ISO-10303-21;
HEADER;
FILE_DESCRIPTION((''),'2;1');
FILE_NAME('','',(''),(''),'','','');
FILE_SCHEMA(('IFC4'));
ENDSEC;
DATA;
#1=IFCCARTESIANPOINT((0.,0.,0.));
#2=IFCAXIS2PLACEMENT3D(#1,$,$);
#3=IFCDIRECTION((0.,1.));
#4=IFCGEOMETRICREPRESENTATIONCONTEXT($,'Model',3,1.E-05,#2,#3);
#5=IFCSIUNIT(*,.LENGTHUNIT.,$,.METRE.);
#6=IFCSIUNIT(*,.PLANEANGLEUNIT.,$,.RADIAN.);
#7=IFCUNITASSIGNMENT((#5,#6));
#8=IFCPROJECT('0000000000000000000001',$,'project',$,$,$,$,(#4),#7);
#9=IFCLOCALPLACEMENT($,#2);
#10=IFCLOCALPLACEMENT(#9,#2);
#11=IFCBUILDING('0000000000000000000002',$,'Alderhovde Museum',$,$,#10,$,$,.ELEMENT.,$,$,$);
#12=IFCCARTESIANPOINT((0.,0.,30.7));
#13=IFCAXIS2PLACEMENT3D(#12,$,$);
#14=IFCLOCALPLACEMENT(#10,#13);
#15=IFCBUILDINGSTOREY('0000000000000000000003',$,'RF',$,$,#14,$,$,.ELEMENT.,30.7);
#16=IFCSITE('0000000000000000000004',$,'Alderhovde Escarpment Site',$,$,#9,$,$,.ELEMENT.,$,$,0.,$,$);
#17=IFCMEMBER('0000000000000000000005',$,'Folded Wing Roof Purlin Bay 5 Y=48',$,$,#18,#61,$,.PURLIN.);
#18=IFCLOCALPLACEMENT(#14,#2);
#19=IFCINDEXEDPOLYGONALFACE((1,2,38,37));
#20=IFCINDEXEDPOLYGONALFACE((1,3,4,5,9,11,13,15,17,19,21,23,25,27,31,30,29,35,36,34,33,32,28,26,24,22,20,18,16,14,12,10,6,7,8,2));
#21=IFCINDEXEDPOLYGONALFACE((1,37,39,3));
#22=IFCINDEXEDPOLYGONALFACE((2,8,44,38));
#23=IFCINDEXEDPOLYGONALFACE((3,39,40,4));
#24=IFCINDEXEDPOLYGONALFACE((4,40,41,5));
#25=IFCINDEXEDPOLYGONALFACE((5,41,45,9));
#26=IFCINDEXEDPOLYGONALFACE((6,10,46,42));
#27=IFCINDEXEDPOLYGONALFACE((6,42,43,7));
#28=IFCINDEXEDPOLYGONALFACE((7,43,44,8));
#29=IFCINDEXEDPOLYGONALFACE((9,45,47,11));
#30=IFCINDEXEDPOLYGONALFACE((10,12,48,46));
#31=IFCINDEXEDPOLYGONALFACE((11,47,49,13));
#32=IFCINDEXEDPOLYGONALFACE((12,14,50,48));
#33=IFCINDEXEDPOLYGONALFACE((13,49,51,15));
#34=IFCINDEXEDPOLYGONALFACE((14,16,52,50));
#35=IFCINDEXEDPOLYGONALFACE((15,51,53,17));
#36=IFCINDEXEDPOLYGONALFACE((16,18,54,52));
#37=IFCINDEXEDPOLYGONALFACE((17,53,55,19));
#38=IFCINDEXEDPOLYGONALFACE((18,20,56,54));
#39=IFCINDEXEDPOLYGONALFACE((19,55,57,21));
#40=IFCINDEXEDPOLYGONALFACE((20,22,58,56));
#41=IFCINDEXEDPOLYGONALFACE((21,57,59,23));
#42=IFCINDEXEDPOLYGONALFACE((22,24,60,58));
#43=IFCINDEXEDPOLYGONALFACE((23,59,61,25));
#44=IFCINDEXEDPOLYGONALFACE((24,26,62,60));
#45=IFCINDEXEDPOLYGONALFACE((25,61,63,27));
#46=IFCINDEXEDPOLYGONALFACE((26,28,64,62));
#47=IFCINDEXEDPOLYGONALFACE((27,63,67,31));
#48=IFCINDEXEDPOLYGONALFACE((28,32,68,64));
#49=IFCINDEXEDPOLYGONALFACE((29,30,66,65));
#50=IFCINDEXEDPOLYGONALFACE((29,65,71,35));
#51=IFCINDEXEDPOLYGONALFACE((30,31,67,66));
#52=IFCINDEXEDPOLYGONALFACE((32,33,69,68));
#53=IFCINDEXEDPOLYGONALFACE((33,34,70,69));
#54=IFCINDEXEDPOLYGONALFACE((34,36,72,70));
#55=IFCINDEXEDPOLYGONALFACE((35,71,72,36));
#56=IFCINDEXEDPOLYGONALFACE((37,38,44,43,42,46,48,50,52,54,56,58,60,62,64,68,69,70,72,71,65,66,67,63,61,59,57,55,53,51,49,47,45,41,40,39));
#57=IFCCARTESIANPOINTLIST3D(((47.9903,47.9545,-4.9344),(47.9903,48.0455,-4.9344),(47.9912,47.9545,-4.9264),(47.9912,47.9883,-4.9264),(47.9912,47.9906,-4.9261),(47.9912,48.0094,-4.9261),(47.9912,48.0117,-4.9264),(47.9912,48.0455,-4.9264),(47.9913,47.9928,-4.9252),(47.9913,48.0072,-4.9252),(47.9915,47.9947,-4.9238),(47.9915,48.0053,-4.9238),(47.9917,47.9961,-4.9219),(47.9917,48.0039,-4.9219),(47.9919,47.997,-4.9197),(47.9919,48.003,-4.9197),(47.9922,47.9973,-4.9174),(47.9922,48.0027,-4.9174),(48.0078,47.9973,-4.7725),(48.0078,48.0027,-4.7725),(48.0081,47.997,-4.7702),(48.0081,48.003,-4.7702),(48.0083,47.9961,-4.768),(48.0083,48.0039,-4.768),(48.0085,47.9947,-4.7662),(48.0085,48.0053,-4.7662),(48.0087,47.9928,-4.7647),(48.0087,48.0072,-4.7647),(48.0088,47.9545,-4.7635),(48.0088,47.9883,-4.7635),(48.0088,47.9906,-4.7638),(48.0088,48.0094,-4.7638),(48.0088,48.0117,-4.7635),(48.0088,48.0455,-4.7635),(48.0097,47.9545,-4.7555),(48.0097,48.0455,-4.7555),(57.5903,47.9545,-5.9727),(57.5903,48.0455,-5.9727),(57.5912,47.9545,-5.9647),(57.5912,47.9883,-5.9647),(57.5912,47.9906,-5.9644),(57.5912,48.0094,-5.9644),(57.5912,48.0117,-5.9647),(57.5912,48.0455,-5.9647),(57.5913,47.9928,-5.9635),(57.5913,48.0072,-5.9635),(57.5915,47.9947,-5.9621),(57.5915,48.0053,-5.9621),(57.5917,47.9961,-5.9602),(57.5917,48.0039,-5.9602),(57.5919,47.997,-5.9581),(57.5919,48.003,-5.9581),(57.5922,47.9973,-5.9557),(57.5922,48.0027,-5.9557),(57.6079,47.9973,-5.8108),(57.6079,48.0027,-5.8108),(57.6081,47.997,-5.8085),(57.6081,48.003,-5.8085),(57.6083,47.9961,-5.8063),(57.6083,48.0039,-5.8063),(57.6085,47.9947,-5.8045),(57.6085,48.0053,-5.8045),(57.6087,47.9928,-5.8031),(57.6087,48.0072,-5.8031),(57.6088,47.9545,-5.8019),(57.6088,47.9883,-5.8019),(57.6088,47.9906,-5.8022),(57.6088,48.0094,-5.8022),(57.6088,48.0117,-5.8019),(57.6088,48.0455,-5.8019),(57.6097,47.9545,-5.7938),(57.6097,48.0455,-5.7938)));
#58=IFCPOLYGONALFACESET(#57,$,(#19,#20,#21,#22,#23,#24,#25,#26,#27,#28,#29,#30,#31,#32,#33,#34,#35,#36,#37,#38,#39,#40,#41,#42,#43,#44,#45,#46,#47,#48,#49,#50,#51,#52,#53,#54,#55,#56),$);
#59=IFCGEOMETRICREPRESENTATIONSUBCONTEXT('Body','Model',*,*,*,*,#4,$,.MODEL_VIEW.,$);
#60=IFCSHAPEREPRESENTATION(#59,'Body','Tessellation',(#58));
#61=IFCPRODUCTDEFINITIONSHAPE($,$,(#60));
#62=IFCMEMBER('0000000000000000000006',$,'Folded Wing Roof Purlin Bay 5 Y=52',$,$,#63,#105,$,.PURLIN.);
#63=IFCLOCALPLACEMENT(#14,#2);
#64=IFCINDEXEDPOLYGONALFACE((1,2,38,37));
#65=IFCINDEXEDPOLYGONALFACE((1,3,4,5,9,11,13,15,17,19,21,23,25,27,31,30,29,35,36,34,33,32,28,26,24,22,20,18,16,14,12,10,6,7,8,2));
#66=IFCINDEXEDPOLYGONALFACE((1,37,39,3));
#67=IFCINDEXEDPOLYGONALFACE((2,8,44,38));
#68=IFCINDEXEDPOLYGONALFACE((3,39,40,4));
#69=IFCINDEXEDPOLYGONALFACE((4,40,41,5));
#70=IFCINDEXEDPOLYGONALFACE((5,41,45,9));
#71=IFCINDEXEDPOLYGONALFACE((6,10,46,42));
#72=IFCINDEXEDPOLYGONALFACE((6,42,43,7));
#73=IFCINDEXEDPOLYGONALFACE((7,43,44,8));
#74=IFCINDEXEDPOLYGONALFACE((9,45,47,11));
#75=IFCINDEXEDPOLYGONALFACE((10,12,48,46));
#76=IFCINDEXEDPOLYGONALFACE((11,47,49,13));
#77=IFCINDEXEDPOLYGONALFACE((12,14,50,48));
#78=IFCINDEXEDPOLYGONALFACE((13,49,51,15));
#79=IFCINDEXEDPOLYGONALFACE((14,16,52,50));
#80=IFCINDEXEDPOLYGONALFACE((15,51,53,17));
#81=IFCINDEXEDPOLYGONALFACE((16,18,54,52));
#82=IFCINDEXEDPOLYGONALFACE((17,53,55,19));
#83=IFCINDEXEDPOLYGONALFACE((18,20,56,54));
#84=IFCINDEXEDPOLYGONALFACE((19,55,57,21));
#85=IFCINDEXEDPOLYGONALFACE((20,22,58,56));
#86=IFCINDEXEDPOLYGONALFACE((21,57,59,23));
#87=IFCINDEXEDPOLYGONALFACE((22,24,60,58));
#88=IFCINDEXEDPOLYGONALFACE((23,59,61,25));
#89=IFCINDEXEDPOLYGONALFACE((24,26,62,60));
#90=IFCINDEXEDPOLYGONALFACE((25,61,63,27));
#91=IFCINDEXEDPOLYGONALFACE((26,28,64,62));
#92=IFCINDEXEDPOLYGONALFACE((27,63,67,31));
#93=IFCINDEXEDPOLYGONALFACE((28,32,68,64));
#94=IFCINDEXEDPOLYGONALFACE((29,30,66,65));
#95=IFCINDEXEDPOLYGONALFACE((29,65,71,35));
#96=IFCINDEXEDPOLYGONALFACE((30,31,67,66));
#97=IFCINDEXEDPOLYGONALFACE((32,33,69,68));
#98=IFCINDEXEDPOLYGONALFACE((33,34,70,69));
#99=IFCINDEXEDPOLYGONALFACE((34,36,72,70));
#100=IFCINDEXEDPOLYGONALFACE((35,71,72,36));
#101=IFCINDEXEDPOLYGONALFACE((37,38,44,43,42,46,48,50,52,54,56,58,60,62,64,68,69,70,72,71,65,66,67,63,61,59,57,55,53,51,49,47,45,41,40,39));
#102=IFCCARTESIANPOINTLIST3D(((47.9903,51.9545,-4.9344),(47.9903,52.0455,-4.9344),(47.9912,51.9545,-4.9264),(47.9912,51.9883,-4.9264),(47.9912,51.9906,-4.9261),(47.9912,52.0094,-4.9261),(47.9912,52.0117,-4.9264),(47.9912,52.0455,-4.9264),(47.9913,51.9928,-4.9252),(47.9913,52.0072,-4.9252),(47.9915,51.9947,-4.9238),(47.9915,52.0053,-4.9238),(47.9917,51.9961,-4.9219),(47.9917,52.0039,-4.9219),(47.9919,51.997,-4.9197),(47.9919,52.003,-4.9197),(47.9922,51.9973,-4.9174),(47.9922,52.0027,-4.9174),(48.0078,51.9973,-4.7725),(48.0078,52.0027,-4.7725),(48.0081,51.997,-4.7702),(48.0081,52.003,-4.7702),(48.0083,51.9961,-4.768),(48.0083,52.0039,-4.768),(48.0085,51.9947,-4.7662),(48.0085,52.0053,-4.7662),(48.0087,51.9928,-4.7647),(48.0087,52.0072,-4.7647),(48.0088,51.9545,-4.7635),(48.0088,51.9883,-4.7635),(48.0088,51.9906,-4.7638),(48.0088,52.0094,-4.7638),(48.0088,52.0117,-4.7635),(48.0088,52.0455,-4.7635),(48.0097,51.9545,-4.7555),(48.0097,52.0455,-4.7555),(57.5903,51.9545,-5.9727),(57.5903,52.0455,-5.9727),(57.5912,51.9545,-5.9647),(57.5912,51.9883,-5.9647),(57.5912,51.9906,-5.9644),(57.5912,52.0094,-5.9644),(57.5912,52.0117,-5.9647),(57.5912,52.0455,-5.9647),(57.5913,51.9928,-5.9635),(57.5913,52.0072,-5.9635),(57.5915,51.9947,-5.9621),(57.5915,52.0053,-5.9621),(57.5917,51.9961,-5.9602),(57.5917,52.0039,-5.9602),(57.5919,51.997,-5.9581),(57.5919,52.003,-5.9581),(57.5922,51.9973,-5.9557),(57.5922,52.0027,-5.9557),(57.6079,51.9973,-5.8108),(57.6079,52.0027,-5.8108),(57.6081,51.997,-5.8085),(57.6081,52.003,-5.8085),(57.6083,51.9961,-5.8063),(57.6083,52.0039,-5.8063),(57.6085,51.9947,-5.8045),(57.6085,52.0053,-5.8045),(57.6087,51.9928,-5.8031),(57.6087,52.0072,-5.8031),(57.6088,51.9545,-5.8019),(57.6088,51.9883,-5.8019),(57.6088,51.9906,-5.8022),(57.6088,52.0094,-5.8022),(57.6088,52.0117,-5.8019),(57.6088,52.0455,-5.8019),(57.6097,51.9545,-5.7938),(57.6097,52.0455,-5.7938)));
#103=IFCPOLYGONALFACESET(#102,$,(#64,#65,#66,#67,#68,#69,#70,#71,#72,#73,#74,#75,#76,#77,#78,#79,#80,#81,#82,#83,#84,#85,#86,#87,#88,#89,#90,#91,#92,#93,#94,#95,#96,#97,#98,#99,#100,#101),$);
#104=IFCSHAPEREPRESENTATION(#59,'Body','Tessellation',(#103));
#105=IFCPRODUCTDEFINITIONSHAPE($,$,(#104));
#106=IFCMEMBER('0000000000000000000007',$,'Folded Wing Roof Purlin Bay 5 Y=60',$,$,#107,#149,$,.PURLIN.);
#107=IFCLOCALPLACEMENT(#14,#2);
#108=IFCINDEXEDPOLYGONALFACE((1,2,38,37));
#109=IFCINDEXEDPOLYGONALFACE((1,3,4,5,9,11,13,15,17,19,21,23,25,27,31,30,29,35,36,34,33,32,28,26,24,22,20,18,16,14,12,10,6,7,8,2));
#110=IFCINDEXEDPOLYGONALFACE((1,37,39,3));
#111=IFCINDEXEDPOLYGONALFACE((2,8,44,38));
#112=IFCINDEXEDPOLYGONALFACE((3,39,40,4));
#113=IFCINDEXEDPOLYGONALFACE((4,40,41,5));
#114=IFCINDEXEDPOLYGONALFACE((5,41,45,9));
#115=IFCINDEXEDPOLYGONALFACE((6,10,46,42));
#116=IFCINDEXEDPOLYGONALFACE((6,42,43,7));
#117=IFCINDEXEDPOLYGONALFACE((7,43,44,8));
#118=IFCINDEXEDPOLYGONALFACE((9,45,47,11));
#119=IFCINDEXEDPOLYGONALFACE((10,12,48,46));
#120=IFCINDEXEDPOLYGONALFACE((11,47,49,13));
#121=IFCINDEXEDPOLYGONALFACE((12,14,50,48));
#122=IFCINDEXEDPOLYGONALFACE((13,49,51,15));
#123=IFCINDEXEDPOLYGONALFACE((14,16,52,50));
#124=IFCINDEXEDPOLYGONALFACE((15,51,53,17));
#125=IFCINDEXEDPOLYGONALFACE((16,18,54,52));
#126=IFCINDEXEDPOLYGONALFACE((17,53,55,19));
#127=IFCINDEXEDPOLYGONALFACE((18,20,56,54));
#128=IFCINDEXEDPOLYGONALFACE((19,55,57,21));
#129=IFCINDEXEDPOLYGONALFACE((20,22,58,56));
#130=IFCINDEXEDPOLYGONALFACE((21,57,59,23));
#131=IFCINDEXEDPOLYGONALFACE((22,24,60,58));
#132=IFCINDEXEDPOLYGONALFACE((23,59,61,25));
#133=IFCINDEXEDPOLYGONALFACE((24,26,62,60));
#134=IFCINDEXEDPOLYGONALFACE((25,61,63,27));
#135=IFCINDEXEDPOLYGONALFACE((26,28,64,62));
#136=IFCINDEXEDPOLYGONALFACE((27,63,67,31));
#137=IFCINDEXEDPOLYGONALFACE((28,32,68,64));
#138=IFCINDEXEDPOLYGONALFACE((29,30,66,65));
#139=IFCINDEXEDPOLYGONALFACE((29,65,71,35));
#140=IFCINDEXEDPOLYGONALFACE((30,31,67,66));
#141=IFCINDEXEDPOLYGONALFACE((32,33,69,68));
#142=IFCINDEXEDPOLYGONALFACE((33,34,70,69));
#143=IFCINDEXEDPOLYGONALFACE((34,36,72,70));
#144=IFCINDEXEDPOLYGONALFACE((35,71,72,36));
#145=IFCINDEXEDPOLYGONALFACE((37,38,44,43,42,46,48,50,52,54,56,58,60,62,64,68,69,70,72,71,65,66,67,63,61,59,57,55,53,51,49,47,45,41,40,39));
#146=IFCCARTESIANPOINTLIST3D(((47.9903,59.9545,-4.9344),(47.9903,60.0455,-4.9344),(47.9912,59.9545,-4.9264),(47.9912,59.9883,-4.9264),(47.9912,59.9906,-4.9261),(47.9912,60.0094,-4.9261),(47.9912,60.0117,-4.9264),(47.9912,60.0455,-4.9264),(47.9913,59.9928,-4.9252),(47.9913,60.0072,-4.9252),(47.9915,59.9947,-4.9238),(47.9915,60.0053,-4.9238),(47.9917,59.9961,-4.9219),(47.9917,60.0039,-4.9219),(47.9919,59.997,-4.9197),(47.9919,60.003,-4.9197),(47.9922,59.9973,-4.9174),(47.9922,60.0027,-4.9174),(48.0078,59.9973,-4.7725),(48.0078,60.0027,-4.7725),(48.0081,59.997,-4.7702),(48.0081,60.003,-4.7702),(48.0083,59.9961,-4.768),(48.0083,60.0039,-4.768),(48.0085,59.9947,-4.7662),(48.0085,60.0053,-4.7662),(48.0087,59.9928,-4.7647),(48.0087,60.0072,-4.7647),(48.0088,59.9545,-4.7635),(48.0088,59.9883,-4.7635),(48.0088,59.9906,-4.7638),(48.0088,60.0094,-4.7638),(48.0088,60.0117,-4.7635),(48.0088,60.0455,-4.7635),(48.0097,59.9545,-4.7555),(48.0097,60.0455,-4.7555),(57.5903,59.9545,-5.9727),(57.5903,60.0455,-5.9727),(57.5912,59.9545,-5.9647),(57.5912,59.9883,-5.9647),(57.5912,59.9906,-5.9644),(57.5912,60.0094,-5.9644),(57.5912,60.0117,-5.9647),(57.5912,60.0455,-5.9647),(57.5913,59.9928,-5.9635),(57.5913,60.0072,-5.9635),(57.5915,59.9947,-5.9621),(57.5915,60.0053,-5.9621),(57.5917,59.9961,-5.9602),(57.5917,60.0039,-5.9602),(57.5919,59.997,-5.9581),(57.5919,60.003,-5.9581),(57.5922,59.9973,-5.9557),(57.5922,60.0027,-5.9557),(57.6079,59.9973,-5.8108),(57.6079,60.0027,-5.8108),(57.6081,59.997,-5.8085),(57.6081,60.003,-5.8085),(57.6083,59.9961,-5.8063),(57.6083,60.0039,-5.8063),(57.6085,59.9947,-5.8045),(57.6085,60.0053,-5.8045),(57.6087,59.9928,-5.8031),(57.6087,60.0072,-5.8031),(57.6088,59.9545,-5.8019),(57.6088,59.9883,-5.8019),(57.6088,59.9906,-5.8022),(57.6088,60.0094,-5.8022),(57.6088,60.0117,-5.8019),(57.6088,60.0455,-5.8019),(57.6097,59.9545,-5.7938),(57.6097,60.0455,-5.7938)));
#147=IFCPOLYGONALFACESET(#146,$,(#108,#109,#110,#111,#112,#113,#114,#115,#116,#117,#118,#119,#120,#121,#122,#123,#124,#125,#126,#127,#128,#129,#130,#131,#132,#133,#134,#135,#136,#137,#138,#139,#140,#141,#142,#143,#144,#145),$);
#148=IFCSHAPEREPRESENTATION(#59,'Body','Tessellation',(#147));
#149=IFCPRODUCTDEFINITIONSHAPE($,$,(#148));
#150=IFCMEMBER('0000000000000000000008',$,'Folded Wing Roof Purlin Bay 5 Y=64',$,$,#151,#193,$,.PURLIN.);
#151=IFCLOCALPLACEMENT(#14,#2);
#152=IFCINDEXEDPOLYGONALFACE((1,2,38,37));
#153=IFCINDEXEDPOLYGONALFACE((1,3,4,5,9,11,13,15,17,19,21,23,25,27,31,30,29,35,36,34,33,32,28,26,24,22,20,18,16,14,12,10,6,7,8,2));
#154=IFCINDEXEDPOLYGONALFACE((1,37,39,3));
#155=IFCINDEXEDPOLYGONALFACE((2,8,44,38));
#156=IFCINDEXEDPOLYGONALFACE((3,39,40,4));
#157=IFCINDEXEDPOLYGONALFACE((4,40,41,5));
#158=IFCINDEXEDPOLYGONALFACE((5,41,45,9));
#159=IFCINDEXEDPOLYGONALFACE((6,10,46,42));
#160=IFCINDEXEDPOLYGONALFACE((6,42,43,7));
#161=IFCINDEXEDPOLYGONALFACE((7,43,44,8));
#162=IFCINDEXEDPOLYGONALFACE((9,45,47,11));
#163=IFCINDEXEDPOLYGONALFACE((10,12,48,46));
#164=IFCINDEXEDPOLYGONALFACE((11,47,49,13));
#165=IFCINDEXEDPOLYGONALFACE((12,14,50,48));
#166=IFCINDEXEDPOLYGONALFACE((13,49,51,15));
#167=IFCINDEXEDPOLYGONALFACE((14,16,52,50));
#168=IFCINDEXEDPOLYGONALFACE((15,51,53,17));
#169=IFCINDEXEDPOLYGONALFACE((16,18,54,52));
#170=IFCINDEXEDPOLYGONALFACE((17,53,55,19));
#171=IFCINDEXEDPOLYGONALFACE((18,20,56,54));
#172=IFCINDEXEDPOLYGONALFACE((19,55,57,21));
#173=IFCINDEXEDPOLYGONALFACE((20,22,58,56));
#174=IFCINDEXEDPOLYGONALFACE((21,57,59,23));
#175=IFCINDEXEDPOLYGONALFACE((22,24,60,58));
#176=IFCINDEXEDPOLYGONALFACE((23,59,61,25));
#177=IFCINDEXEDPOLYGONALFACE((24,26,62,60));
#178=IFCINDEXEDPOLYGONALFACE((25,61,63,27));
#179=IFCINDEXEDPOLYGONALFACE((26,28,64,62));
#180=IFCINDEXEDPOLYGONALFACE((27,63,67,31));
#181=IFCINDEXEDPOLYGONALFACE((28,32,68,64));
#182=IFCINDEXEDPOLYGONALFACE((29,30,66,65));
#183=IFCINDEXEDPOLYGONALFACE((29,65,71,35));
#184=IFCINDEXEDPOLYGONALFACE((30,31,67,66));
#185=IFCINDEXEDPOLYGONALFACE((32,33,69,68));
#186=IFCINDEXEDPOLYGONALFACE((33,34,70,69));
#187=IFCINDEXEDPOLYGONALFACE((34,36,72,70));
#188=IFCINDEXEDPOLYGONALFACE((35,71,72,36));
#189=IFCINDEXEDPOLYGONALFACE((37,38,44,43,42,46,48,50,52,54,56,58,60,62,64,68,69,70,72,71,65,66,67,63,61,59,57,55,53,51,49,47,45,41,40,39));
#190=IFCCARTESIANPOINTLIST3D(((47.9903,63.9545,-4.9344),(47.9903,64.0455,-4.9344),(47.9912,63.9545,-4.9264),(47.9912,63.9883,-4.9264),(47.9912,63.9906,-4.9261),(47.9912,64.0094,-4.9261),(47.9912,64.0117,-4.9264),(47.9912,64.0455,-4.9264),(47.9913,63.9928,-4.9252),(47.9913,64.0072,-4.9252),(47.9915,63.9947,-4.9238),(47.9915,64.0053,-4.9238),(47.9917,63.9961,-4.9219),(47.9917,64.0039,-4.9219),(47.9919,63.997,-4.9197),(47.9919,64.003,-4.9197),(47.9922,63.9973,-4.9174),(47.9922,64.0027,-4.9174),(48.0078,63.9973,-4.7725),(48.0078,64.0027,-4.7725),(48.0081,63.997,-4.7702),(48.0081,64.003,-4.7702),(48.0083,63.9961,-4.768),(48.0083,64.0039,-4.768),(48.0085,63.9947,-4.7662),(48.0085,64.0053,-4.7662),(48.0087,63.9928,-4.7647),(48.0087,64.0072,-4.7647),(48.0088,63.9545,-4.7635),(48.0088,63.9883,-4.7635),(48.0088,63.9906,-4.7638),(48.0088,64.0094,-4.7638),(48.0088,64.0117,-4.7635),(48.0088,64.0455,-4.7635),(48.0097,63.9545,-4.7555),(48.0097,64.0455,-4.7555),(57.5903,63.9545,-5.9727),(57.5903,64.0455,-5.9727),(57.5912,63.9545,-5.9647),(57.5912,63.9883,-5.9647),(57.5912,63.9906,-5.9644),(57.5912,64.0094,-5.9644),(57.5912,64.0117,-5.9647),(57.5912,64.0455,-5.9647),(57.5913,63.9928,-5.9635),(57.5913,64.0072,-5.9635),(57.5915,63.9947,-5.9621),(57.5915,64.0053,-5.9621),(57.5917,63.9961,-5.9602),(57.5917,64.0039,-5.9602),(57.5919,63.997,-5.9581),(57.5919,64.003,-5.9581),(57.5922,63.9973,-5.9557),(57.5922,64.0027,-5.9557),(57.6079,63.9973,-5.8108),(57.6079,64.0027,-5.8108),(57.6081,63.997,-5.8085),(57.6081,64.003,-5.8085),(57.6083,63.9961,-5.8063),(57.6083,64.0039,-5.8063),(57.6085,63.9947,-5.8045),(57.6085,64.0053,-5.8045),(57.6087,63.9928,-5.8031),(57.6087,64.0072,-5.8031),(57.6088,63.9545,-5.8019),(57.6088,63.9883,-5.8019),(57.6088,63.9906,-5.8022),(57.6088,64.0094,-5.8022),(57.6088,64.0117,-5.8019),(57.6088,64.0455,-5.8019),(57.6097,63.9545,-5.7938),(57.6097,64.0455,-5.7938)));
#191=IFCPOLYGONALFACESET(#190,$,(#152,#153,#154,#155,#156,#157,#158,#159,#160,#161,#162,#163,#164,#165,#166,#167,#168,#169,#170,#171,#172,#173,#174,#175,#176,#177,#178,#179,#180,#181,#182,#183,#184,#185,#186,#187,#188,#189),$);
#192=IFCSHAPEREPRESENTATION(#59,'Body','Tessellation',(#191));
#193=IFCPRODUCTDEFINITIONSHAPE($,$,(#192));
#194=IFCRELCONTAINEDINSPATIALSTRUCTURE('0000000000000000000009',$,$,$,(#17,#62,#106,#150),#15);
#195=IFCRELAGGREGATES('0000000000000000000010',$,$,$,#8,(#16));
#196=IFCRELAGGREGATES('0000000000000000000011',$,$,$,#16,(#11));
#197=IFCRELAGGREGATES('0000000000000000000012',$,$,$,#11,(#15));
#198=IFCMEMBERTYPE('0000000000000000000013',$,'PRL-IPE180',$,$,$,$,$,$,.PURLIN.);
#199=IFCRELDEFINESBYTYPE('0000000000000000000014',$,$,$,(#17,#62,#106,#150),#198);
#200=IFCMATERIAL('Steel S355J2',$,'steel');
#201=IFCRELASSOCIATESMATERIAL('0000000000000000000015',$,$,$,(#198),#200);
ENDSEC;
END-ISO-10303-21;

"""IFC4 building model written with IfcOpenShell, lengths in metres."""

from ifc_helpers import new_model, si_unit, direction, frame, origin, origin_2d, place, context, subcontext, project, spatial, i_section, extrude, material, material_profile, profile_set, type_object, element, save


model = new_model("IFC4")

# Units and contexts
model_context = context("Model", 3, precision=1e-05, world=origin(), true_north=direction((0.0, 1.0)))
body_context = subcontext(model_context, "Body", "Model", "MODEL_VIEW")
ifc_project = project(units=[si_unit("LENGTHUNIT", "METRE"), si_unit("PLANEANGLEUNIT", "RADIAN")], contexts=[model_context])

# Site, building, storey
site_placement = place(None, origin())
site = spatial("IfcSite", under=ifc_project, at=site_placement, Name="Alderhovde Escarpment Site", CompositionType="ELEMENT", RefElevation=0.0)
building_placement = place(site_placement, origin())
building = spatial("IfcBuilding", under=site, at=building_placement, Name="Alderhovde Museum", CompositionType="ELEMENT")
storey_placement = place(building_placement, frame((0.0, 0.0, 30.7)))
storey = spatial("IfcBuildingStorey", under=building, at=storey_placement, Name="RF", CompositionType="ELEMENT", Elevation=30.7)

# Members
ifc_material_1 = material(Name="Steel S355J2", Category="steel")
ifc_material_profile_1 = material_profile(ifc_material_1, i_section(OverallWidth=0.0911, OverallDepth=0.1799, WebThickness=0.0054, FlangeThickness=0.0081, FilletRadius=0.009, at=origin_2d()), Name="IPE 180")
ifc_profile_set_1 = profile_set([ifc_material_profile_1], Name="Steel S355J2")
member_type_1 = type_object("IfcMemberType", Name="PRL-IPE180", PredefinedType="PURLIN", material=ifc_profile_set_1)
for number, where, z_axis, x_axis, name in (
    (1, (48.0, 48.0, -4.845), (0.994202, 0.0, -0.107531), (0.0, 1.0, 0.0), "Folded Wing Roof Purlin Bay 5 Y=48"),
    (2, (48.0, 52.0, -4.845), (0.994202, 0.0, -0.107531), (0.0, 1.0, 0.0), "Folded Wing Roof Purlin Bay 5 Y=52"),
    (3, (48.0, 60.0, -4.845), (0.994202, 0.0, -0.107531), (0.0, 1.0, 0.0), "Folded Wing Roof Purlin Bay 5 Y=60"),
    (4, (48.0, 64.0, -4.845), (0.994202, 0.0, -0.107531), (0.0, 1.0, 0.0), "Folded Wing Roof Purlin Bay 5 Y=64"),
):
    element("IfcMember", number, at=place(storey_placement, frame(where, z_axis=z_axis, x_axis=x_axis)), inside=storey, type_object=member_type_1, Name=name, PredefinedType="PURLIN", context=body_context, shape_type="SweptSolid", body=[
        extrude(i_section(OverallWidth=0.0911, OverallDepth=0.1799, WebThickness=0.0054, FlangeThickness=0.0081, FilletRadius=0.009, at=origin_2d()), origin(), (0.0, 0.0, 1.0), 9.656),
    ])

save(model, "model.ifc")
